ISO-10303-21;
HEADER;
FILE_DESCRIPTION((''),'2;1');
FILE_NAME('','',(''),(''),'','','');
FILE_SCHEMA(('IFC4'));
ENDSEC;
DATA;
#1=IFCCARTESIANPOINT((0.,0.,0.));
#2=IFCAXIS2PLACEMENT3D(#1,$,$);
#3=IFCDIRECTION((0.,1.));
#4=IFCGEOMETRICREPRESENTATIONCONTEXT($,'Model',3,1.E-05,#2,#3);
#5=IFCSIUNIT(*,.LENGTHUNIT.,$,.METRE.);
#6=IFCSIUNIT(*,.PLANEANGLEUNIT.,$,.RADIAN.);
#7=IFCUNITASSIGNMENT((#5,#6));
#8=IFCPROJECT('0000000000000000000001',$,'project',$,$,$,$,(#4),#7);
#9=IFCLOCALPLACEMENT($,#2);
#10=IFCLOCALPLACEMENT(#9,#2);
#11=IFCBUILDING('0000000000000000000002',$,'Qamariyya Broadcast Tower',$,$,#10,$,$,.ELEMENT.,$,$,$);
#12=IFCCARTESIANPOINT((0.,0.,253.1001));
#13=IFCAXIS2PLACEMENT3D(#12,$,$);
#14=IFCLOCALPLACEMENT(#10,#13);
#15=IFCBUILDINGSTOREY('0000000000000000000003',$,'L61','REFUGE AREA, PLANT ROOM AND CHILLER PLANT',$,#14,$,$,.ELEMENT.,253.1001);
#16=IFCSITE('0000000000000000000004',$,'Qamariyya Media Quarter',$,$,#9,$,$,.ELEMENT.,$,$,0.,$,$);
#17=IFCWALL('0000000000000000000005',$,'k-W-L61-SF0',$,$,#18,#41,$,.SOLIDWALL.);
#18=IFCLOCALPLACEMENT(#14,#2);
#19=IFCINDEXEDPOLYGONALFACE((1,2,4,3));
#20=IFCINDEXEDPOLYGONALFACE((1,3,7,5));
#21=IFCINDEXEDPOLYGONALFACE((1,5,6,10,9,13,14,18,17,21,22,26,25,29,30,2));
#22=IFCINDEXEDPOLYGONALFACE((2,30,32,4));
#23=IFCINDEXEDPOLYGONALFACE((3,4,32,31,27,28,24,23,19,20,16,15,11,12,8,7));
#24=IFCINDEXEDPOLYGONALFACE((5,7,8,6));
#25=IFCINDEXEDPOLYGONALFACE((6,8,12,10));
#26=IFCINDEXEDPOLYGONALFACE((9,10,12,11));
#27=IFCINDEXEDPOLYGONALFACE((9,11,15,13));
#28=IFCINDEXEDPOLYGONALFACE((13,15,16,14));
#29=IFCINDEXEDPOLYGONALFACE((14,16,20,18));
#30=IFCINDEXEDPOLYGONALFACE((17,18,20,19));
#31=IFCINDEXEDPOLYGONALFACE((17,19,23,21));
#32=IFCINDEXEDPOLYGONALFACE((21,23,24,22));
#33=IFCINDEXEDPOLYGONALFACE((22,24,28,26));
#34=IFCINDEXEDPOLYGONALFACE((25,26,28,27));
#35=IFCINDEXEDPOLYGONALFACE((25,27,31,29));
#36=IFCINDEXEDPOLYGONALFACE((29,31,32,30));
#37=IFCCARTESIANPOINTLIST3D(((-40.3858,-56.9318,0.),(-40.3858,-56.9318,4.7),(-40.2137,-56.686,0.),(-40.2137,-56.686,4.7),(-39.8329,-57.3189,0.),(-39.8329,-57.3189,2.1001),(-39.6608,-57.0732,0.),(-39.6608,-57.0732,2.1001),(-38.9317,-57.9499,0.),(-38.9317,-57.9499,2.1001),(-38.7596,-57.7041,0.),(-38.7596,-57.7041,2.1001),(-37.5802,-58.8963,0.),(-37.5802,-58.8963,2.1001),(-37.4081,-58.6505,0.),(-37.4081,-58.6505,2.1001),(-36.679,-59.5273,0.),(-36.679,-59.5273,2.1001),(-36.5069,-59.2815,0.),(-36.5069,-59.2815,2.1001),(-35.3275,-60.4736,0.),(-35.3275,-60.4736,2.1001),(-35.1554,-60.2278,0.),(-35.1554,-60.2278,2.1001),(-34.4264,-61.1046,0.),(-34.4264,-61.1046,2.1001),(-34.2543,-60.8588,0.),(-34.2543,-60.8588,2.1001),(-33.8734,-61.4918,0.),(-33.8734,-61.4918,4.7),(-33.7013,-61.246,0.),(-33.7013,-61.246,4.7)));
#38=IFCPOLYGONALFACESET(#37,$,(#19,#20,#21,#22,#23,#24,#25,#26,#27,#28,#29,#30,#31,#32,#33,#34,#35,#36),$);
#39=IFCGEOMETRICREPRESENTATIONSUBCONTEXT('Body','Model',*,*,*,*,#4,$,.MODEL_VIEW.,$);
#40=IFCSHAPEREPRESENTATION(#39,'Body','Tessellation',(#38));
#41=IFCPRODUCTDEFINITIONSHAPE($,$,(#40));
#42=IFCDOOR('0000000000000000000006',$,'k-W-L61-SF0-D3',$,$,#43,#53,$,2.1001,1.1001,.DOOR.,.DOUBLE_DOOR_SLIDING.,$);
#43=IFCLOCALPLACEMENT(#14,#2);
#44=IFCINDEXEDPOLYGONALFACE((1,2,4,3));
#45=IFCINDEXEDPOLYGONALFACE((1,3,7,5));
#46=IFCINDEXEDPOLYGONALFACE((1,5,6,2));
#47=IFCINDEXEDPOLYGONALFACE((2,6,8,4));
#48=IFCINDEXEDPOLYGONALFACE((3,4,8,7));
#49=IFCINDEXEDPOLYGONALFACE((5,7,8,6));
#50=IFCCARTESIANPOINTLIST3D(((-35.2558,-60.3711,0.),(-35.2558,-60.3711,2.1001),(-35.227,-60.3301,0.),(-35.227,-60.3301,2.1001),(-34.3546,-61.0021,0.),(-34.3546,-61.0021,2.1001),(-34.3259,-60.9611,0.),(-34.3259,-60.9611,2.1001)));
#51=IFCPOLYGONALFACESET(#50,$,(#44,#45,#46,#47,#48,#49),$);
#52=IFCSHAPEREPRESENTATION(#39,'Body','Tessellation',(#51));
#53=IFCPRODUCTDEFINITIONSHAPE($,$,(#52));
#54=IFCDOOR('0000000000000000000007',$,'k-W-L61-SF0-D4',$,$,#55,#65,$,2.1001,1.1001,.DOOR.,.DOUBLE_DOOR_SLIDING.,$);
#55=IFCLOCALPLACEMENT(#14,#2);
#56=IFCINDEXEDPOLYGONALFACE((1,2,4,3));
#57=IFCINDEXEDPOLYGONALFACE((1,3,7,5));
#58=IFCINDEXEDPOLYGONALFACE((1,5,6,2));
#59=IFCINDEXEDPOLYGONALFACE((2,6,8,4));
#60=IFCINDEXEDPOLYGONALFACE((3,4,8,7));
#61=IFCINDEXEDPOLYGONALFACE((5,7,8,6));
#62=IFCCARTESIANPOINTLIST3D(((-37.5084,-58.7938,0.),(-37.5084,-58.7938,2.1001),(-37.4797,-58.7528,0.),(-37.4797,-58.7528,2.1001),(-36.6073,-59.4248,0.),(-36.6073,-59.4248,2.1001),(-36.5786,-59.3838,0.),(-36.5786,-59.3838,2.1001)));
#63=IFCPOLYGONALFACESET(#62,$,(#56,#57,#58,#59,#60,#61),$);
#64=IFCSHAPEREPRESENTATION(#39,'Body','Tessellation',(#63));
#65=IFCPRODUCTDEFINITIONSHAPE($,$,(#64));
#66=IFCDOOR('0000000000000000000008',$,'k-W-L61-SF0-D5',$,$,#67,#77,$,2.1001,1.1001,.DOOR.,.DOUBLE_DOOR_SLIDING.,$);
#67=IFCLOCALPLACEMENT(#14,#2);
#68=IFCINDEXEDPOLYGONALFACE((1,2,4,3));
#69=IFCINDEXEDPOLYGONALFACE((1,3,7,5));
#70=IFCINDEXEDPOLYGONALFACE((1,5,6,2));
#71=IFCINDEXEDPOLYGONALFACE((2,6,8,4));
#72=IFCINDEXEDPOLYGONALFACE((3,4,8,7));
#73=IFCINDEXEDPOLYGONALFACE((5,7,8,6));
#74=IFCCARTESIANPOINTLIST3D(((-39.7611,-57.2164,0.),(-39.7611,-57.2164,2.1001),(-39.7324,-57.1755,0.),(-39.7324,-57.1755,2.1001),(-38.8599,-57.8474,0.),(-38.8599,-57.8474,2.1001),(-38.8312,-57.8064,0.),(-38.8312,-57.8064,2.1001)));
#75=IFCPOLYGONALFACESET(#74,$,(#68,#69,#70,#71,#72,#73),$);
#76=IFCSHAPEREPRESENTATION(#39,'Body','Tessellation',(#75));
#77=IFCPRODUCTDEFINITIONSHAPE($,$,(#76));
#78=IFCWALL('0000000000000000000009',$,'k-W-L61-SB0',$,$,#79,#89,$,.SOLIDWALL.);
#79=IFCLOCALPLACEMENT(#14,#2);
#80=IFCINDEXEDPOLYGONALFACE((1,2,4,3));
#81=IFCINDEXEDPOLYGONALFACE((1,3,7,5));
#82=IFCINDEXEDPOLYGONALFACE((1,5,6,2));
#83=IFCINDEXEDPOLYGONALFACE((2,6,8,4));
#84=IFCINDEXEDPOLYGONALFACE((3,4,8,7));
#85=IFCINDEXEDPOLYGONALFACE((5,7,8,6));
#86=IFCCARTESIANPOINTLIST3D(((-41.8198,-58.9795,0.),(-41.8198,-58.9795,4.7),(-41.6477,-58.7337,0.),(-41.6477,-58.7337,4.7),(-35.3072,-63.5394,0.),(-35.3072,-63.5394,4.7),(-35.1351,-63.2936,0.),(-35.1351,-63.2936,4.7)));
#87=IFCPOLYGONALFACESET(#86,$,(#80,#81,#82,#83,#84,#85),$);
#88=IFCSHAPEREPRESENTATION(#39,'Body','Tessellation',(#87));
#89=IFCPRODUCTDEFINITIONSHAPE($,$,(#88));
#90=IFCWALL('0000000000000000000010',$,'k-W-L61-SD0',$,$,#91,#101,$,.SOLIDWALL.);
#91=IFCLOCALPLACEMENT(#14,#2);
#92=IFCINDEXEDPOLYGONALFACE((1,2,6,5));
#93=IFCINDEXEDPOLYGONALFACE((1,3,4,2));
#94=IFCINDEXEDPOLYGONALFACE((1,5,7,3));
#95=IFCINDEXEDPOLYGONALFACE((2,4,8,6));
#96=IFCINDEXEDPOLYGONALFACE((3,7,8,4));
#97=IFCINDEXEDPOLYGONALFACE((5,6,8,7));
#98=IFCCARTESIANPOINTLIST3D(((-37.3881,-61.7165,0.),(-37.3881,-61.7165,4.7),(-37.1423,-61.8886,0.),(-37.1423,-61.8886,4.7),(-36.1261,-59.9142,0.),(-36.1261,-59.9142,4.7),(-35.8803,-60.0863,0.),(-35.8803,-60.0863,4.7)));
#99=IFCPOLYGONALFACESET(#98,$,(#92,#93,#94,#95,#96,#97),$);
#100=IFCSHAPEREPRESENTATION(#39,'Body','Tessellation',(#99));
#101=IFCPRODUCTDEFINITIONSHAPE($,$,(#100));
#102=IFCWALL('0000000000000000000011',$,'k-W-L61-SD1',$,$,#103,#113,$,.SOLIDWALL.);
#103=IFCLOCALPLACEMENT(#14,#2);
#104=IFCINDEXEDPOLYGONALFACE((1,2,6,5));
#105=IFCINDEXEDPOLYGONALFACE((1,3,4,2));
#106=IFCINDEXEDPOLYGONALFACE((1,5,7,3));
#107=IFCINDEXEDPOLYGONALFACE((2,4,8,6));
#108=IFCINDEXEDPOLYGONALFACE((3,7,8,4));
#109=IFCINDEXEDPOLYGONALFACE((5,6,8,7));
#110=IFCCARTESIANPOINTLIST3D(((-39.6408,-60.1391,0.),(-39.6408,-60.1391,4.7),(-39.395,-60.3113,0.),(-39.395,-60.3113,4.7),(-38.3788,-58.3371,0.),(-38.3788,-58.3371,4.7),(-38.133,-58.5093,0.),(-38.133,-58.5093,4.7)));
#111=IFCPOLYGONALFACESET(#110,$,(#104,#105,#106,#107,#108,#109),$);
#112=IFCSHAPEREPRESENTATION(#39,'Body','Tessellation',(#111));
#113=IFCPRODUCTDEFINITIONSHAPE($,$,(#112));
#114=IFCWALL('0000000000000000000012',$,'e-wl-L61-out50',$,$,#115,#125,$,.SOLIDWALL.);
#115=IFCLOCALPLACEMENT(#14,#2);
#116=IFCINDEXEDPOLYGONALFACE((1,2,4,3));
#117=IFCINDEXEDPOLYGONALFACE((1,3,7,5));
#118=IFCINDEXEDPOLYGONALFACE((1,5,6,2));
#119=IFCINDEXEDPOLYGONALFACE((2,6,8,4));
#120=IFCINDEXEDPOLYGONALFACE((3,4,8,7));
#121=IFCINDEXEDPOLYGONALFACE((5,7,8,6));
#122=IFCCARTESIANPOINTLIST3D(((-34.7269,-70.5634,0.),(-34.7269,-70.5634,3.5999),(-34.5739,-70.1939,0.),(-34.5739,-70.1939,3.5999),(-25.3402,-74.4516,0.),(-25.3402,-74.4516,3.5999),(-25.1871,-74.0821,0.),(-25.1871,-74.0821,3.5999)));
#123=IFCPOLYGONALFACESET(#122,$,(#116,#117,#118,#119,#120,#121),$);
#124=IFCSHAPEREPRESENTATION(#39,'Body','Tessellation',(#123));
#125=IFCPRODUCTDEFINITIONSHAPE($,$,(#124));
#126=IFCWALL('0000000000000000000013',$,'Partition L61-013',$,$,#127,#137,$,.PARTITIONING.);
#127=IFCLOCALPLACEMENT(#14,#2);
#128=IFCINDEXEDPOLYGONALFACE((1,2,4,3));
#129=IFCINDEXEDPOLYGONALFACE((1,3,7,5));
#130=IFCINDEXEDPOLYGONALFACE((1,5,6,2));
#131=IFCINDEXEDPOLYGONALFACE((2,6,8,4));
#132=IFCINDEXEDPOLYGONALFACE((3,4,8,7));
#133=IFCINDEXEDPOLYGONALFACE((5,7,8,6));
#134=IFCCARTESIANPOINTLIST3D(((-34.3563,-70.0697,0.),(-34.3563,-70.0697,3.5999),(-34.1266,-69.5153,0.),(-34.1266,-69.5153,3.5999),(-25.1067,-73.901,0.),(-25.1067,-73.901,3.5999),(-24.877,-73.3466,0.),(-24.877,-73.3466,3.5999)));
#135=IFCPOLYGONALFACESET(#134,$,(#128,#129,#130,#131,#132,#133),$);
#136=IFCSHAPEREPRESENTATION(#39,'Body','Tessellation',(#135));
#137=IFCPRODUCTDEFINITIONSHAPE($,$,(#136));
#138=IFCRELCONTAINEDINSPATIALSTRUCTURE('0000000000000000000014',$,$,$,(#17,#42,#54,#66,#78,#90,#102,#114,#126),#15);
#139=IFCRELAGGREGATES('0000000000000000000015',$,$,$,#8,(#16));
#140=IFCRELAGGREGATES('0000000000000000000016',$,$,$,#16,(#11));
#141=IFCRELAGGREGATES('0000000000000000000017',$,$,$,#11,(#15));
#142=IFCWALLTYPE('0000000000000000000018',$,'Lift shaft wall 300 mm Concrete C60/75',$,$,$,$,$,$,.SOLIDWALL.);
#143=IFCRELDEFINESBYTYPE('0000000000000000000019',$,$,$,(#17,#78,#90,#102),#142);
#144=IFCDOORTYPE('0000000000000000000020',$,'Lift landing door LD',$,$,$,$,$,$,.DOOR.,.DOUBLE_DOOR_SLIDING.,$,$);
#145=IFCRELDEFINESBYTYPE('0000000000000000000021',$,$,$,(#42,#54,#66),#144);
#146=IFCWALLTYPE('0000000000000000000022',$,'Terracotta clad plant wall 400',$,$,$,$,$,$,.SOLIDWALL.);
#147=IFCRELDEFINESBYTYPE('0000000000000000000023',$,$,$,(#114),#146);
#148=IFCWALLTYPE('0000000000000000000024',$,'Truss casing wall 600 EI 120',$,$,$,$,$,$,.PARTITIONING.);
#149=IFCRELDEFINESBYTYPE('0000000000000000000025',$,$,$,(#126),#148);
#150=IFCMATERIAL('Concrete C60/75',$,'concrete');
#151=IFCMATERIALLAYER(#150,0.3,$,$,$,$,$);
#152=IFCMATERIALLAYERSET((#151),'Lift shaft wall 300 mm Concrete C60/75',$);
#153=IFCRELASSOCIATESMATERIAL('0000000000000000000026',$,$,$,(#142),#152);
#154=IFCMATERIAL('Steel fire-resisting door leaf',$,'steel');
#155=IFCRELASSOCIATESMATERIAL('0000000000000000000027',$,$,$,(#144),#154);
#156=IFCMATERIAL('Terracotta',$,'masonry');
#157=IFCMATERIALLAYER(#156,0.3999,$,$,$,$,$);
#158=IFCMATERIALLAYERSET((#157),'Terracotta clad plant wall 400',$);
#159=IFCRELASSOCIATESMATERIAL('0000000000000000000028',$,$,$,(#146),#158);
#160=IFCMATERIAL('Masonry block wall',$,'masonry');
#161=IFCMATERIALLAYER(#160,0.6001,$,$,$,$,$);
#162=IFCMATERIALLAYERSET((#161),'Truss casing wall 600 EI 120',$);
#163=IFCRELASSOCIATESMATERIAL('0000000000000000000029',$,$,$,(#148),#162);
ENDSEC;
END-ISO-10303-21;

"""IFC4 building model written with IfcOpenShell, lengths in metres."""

from ifc_helpers import new_model, si_unit, direction, frame, frame_2d, origin, place, context, subcontext, project, spatial, rectangle, extrude, material, layer, layer_set, type_object, element, fill, save


model = new_model("IFC4")

# Units and contexts
model_context = context("Model", 3, precision=1e-05, world=origin(), true_north=direction((0.0, 1.0)))
body_context = subcontext(model_context, "Body", "Model", "MODEL_VIEW")
ifc_project = project(units=[si_unit("LENGTHUNIT", "METRE"), si_unit("PLANEANGLEUNIT", "RADIAN")], contexts=[model_context])

# Site, building, storey
site_placement = place(None, origin())
site = spatial("IfcSite", under=ifc_project, at=site_placement, Name="Qamariyya Media Quarter", CompositionType="ELEMENT", RefElevation=0.0)
building_placement = place(site_placement, origin())
building = spatial("IfcBuilding", under=site, at=building_placement, Name="Qamariyya Broadcast Tower", CompositionType="ELEMENT")
storey_placement = place(building_placement, frame((0.0, 0.0, 253.1001)))
storey = spatial("IfcBuildingStorey", under=building, at=storey_placement, Name="L61", Description="REFUGE AREA, PLANT ROOM AND CHILLER PLANT", CompositionType="ELEMENT", Elevation=253.1001)

# Shared definitions
ifc_material_1 = material(Name="Concrete C60/75", Category="concrete")

# Shared definitions
ifc_material_2 = material(Name="Steel fire-resisting door leaf", Category="steel")

# Shared definitions
ifc_layer_1 = layer(ifc_material_1, 0.3)
ifc_layer_set_1 = layer_set([ifc_layer_1], Name="Lift shaft wall 300 mm Concrete C60/75")
wall_type_1 = type_object("IfcWallType", Name="Lift shaft wall 300 mm Concrete C60/75", PredefinedType="SOLIDWALL", material=ifc_layer_set_1)

# Wall, openings, doors
wall_1_placement = place(storey_placement, frame((-33.7874, -61.3689, 0.0), z_axis=(0.0, 0.0, 1.0), x_axis=(-0.819153, 0.573576, 0.0)))
wall_1 = element("IfcWall", 1, at=wall_1_placement, inside=storey, type_object=wall_type_1, Name="k-W-L61-SF0", PredefinedType="SOLIDWALL", context=body_context, shape_type="SweptSolid", body=[
    extrude(rectangle(XDim=7.9502, YDim=0.3, at=frame_2d((3.9751, 0.0))), origin(), (0.0, 0.0, 1.0), 4.7),
])
opening_1_placement = place(wall_1_placement, frame((0.675, 0.0, 0.0)))
opening_1 = element("IfcOpeningElement", 2, at=opening_1_placement, cuts=wall_1, PredefinedType="OPENING", context=body_context, shape_type="SweptSolid", body=[
    extrude(rectangle(XDim=1.1001, YDim=2.1001, at=frame_2d((0.55, 1.05))), frame((0.0, 0.1599, 0.0), z_axis=(0.0, -1.0, 0.0), x_axis=(1.0, 0.0, 0.0)), (0.0, 0.0, 1.0), 0.3201),
])
opening_2_placement = place(wall_1_placement, frame((3.425, 0.0, 0.0)))
opening_2 = element("IfcOpeningElement", 3, at=opening_2_placement, cuts=wall_1, PredefinedType="OPENING", context=body_context, shape_type="SweptSolid", body=[
    extrude(rectangle(XDim=1.1001, YDim=2.1001, at=frame_2d((0.55, 1.05))), frame((0.0, 0.1599, 0.0), z_axis=(0.0, -1.0, 0.0), x_axis=(1.0, 0.0, 0.0)), (0.0, 0.0, 1.0), 0.3201),
])
opening_3_placement = place(wall_1_placement, frame((6.175, 0.0, 0.0)))
opening_3 = element("IfcOpeningElement", 4, at=opening_3_placement, cuts=wall_1, PredefinedType="OPENING", context=body_context, shape_type="SweptSolid", body=[
    extrude(rectangle(XDim=1.1001, YDim=2.1001, at=frame_2d((0.55, 1.05))), frame((0.0, 0.1599, 0.0), z_axis=(0.0, -1.0, 0.0), x_axis=(1.0, 0.0, 0.0)), (0.0, 0.0, 1.0), 0.3201),
])
door_type_1 = type_object("IfcDoorType", Name="Lift landing door LD", OperationType="DOUBLE_DOOR_SLIDING", PredefinedType="DOOR", material=ifc_material_2)
door_1_placement = place(opening_1_placement, origin())
door_1 = element("IfcDoor", 5, at=door_1_placement, inside=storey, type_object=door_type_1, Name="k-W-L61-SF0-D3", OperationType="DOUBLE_DOOR_SLIDING", OverallHeight=2.1001, OverallWidth=1.1001, PredefinedType="DOOR", context=body_context, shape_type="SweptSolid", body=[
    extrude(rectangle(XDim=1.1001, YDim=2.1001, at=frame_2d((0.55, 1.05))), frame((0.0, 0.0249, 0.0), z_axis=(0.0, -1.0, 0.0), x_axis=(1.0, 0.0, 0.0)), (0.0, 0.0, 1.0), 0.05),
])
fill(opening_1, door_1)
door_2_placement = place(opening_2_placement, origin())
door_2 = element("IfcDoor", 6, at=door_2_placement, inside=storey, type_object=door_type_1, Name="k-W-L61-SF0-D4", OperationType="DOUBLE_DOOR_SLIDING", OverallHeight=2.1001, OverallWidth=1.1001, PredefinedType="DOOR", context=body_context, shape_type="SweptSolid", body=[
    extrude(rectangle(XDim=1.1001, YDim=2.1001, at=frame_2d((0.55, 1.05))), frame((0.0, 0.0249, 0.0), z_axis=(0.0, -1.0, 0.0), x_axis=(1.0, 0.0, 0.0)), (0.0, 0.0, 1.0), 0.05),
])
fill(opening_2, door_2)
door_3_placement = place(opening_3_placement, origin())
door_3 = element("IfcDoor", 7, at=door_3_placement, inside=storey, type_object=door_type_1, Name="k-W-L61-SF0-D5", OperationType="DOUBLE_DOOR_SLIDING", OverallHeight=2.1001, OverallWidth=1.1001, PredefinedType="DOOR", context=body_context, shape_type="SweptSolid", body=[
    extrude(rectangle(XDim=1.1001, YDim=2.1001, at=frame_2d((0.55, 1.05))), frame((0.0, 0.0249, 0.0), z_axis=(0.0, -1.0, 0.0), x_axis=(1.0, 0.0, 0.0)), (0.0, 0.0, 1.0), 0.05),
])
fill(opening_3, door_3)

# Walls
wall_2_placement = place(storey_placement, frame((-35.2212, -63.4165, 0.0), z_axis=(0.0, 0.0, 1.0), x_axis=(-0.819167, 0.573555, 0.0)))
element("IfcWall", 8, at=wall_2_placement, inside=storey, type_object=wall_type_1, Name="k-W-L61-SB0", PredefinedType="SOLIDWALL", context=body_context, shape_type="SweptSolid", body=[
    extrude(rectangle(XDim=7.9502, YDim=0.3, at=frame_2d((3.9751, 0.0))), origin(), (0.0, 0.0, 1.0), 4.7),
])
wall_3_placement = place(storey_placement, frame((-36.0032, -60.0002, 0.0), z_axis=(0.0, 0.0, 1.0), x_axis=(-0.573581, -0.819149, 0.0)))
element("IfcWall", 9, at=wall_3_placement, inside=storey, type_object=wall_type_1, Name="k-W-L61-SD0", PredefinedType="SOLIDWALL", context=body_context, shape_type="SweptSolid", body=[
    extrude(rectangle(XDim=2.2002, YDim=0.3, at=frame_2d((1.1001, 0.0))), origin(), (0.0, 0.0, 1.0), 4.7),
])
wall_4_placement = place(storey_placement, frame((-38.2559, -58.4231, 0.0), z_axis=(0.0, 0.0, 1.0), x_axis=(-0.573634, -0.819112, 0.0)))
element("IfcWall", 10, at=wall_4_placement, inside=storey, type_object=wall_type_1, Name="k-W-L61-SD1", PredefinedType="SOLIDWALL", context=body_context, shape_type="SweptSolid", body=[
    extrude(rectangle(XDim=2.2, YDim=0.3, at=frame_2d((1.1001, 0.0))), origin(), (0.0, 0.0, 1.0), 4.7),
])
ifc_material_3 = material(Name="Terracotta", Category="masonry")
ifc_layer_2 = layer(ifc_material_3, 0.3999)
ifc_layer_set_2 = layer_set([ifc_layer_2], Name="Terracotta clad plant wall 400")
wall_type_2 = type_object("IfcWallType", Name="Terracotta clad plant wall 400", PredefinedType="SOLIDWALL", material=ifc_layer_set_2)
wall_5_placement = place(storey_placement, frame((-34.6504, -70.3787, 0.0), z_axis=(0.0, 0.0, 1.0), x_axis=(0.923877, -0.38269, 0.0)))
element("IfcWall", 11, at=wall_5_placement, inside=storey, type_object=wall_type_2, Name="e-wl-L61-out50", PredefinedType="SOLIDWALL", context=body_context, shape_type="SweptSolid", body=[
    extrude(rectangle(XDim=10.1602, YDim=0.3999, at=frame_2d((5.0801, 0.0))), origin(), (0.0, 0.0, 1.0), 3.5999),
])
ifc_material_4 = material(Name="Masonry block wall", Category="masonry")
ifc_layer_3 = layer(ifc_material_4, 0.6001)
ifc_layer_set_3 = layer_set([ifc_layer_3], Name="Truss casing wall 600 EI 120")
wall_type_3 = type_object("IfcWallType", Name="Truss casing wall 600 EI 120", PredefinedType="PARTITIONING", material=ifc_layer_set_3)
wall_6_placement = place(storey_placement, frame((-34.2415, -69.7925, 0.0), z_axis=(0.0, 0.0, 1.0), x_axis=(0.923879, -0.382686, 0.0)))
element("IfcWall", 12, at=wall_6_placement, inside=storey, type_object=wall_type_3, Name="Partition L61-013", PredefinedType="PARTITIONING", context=body_context, shape_type="SweptSolid", body=[
    extrude(rectangle(XDim=10.0117, YDim=0.6001, at=frame_2d((5.0059, 0.0))), origin(), (0.0, 0.0, 1.0), 3.5999),
])

save(model, "model.ifc")
